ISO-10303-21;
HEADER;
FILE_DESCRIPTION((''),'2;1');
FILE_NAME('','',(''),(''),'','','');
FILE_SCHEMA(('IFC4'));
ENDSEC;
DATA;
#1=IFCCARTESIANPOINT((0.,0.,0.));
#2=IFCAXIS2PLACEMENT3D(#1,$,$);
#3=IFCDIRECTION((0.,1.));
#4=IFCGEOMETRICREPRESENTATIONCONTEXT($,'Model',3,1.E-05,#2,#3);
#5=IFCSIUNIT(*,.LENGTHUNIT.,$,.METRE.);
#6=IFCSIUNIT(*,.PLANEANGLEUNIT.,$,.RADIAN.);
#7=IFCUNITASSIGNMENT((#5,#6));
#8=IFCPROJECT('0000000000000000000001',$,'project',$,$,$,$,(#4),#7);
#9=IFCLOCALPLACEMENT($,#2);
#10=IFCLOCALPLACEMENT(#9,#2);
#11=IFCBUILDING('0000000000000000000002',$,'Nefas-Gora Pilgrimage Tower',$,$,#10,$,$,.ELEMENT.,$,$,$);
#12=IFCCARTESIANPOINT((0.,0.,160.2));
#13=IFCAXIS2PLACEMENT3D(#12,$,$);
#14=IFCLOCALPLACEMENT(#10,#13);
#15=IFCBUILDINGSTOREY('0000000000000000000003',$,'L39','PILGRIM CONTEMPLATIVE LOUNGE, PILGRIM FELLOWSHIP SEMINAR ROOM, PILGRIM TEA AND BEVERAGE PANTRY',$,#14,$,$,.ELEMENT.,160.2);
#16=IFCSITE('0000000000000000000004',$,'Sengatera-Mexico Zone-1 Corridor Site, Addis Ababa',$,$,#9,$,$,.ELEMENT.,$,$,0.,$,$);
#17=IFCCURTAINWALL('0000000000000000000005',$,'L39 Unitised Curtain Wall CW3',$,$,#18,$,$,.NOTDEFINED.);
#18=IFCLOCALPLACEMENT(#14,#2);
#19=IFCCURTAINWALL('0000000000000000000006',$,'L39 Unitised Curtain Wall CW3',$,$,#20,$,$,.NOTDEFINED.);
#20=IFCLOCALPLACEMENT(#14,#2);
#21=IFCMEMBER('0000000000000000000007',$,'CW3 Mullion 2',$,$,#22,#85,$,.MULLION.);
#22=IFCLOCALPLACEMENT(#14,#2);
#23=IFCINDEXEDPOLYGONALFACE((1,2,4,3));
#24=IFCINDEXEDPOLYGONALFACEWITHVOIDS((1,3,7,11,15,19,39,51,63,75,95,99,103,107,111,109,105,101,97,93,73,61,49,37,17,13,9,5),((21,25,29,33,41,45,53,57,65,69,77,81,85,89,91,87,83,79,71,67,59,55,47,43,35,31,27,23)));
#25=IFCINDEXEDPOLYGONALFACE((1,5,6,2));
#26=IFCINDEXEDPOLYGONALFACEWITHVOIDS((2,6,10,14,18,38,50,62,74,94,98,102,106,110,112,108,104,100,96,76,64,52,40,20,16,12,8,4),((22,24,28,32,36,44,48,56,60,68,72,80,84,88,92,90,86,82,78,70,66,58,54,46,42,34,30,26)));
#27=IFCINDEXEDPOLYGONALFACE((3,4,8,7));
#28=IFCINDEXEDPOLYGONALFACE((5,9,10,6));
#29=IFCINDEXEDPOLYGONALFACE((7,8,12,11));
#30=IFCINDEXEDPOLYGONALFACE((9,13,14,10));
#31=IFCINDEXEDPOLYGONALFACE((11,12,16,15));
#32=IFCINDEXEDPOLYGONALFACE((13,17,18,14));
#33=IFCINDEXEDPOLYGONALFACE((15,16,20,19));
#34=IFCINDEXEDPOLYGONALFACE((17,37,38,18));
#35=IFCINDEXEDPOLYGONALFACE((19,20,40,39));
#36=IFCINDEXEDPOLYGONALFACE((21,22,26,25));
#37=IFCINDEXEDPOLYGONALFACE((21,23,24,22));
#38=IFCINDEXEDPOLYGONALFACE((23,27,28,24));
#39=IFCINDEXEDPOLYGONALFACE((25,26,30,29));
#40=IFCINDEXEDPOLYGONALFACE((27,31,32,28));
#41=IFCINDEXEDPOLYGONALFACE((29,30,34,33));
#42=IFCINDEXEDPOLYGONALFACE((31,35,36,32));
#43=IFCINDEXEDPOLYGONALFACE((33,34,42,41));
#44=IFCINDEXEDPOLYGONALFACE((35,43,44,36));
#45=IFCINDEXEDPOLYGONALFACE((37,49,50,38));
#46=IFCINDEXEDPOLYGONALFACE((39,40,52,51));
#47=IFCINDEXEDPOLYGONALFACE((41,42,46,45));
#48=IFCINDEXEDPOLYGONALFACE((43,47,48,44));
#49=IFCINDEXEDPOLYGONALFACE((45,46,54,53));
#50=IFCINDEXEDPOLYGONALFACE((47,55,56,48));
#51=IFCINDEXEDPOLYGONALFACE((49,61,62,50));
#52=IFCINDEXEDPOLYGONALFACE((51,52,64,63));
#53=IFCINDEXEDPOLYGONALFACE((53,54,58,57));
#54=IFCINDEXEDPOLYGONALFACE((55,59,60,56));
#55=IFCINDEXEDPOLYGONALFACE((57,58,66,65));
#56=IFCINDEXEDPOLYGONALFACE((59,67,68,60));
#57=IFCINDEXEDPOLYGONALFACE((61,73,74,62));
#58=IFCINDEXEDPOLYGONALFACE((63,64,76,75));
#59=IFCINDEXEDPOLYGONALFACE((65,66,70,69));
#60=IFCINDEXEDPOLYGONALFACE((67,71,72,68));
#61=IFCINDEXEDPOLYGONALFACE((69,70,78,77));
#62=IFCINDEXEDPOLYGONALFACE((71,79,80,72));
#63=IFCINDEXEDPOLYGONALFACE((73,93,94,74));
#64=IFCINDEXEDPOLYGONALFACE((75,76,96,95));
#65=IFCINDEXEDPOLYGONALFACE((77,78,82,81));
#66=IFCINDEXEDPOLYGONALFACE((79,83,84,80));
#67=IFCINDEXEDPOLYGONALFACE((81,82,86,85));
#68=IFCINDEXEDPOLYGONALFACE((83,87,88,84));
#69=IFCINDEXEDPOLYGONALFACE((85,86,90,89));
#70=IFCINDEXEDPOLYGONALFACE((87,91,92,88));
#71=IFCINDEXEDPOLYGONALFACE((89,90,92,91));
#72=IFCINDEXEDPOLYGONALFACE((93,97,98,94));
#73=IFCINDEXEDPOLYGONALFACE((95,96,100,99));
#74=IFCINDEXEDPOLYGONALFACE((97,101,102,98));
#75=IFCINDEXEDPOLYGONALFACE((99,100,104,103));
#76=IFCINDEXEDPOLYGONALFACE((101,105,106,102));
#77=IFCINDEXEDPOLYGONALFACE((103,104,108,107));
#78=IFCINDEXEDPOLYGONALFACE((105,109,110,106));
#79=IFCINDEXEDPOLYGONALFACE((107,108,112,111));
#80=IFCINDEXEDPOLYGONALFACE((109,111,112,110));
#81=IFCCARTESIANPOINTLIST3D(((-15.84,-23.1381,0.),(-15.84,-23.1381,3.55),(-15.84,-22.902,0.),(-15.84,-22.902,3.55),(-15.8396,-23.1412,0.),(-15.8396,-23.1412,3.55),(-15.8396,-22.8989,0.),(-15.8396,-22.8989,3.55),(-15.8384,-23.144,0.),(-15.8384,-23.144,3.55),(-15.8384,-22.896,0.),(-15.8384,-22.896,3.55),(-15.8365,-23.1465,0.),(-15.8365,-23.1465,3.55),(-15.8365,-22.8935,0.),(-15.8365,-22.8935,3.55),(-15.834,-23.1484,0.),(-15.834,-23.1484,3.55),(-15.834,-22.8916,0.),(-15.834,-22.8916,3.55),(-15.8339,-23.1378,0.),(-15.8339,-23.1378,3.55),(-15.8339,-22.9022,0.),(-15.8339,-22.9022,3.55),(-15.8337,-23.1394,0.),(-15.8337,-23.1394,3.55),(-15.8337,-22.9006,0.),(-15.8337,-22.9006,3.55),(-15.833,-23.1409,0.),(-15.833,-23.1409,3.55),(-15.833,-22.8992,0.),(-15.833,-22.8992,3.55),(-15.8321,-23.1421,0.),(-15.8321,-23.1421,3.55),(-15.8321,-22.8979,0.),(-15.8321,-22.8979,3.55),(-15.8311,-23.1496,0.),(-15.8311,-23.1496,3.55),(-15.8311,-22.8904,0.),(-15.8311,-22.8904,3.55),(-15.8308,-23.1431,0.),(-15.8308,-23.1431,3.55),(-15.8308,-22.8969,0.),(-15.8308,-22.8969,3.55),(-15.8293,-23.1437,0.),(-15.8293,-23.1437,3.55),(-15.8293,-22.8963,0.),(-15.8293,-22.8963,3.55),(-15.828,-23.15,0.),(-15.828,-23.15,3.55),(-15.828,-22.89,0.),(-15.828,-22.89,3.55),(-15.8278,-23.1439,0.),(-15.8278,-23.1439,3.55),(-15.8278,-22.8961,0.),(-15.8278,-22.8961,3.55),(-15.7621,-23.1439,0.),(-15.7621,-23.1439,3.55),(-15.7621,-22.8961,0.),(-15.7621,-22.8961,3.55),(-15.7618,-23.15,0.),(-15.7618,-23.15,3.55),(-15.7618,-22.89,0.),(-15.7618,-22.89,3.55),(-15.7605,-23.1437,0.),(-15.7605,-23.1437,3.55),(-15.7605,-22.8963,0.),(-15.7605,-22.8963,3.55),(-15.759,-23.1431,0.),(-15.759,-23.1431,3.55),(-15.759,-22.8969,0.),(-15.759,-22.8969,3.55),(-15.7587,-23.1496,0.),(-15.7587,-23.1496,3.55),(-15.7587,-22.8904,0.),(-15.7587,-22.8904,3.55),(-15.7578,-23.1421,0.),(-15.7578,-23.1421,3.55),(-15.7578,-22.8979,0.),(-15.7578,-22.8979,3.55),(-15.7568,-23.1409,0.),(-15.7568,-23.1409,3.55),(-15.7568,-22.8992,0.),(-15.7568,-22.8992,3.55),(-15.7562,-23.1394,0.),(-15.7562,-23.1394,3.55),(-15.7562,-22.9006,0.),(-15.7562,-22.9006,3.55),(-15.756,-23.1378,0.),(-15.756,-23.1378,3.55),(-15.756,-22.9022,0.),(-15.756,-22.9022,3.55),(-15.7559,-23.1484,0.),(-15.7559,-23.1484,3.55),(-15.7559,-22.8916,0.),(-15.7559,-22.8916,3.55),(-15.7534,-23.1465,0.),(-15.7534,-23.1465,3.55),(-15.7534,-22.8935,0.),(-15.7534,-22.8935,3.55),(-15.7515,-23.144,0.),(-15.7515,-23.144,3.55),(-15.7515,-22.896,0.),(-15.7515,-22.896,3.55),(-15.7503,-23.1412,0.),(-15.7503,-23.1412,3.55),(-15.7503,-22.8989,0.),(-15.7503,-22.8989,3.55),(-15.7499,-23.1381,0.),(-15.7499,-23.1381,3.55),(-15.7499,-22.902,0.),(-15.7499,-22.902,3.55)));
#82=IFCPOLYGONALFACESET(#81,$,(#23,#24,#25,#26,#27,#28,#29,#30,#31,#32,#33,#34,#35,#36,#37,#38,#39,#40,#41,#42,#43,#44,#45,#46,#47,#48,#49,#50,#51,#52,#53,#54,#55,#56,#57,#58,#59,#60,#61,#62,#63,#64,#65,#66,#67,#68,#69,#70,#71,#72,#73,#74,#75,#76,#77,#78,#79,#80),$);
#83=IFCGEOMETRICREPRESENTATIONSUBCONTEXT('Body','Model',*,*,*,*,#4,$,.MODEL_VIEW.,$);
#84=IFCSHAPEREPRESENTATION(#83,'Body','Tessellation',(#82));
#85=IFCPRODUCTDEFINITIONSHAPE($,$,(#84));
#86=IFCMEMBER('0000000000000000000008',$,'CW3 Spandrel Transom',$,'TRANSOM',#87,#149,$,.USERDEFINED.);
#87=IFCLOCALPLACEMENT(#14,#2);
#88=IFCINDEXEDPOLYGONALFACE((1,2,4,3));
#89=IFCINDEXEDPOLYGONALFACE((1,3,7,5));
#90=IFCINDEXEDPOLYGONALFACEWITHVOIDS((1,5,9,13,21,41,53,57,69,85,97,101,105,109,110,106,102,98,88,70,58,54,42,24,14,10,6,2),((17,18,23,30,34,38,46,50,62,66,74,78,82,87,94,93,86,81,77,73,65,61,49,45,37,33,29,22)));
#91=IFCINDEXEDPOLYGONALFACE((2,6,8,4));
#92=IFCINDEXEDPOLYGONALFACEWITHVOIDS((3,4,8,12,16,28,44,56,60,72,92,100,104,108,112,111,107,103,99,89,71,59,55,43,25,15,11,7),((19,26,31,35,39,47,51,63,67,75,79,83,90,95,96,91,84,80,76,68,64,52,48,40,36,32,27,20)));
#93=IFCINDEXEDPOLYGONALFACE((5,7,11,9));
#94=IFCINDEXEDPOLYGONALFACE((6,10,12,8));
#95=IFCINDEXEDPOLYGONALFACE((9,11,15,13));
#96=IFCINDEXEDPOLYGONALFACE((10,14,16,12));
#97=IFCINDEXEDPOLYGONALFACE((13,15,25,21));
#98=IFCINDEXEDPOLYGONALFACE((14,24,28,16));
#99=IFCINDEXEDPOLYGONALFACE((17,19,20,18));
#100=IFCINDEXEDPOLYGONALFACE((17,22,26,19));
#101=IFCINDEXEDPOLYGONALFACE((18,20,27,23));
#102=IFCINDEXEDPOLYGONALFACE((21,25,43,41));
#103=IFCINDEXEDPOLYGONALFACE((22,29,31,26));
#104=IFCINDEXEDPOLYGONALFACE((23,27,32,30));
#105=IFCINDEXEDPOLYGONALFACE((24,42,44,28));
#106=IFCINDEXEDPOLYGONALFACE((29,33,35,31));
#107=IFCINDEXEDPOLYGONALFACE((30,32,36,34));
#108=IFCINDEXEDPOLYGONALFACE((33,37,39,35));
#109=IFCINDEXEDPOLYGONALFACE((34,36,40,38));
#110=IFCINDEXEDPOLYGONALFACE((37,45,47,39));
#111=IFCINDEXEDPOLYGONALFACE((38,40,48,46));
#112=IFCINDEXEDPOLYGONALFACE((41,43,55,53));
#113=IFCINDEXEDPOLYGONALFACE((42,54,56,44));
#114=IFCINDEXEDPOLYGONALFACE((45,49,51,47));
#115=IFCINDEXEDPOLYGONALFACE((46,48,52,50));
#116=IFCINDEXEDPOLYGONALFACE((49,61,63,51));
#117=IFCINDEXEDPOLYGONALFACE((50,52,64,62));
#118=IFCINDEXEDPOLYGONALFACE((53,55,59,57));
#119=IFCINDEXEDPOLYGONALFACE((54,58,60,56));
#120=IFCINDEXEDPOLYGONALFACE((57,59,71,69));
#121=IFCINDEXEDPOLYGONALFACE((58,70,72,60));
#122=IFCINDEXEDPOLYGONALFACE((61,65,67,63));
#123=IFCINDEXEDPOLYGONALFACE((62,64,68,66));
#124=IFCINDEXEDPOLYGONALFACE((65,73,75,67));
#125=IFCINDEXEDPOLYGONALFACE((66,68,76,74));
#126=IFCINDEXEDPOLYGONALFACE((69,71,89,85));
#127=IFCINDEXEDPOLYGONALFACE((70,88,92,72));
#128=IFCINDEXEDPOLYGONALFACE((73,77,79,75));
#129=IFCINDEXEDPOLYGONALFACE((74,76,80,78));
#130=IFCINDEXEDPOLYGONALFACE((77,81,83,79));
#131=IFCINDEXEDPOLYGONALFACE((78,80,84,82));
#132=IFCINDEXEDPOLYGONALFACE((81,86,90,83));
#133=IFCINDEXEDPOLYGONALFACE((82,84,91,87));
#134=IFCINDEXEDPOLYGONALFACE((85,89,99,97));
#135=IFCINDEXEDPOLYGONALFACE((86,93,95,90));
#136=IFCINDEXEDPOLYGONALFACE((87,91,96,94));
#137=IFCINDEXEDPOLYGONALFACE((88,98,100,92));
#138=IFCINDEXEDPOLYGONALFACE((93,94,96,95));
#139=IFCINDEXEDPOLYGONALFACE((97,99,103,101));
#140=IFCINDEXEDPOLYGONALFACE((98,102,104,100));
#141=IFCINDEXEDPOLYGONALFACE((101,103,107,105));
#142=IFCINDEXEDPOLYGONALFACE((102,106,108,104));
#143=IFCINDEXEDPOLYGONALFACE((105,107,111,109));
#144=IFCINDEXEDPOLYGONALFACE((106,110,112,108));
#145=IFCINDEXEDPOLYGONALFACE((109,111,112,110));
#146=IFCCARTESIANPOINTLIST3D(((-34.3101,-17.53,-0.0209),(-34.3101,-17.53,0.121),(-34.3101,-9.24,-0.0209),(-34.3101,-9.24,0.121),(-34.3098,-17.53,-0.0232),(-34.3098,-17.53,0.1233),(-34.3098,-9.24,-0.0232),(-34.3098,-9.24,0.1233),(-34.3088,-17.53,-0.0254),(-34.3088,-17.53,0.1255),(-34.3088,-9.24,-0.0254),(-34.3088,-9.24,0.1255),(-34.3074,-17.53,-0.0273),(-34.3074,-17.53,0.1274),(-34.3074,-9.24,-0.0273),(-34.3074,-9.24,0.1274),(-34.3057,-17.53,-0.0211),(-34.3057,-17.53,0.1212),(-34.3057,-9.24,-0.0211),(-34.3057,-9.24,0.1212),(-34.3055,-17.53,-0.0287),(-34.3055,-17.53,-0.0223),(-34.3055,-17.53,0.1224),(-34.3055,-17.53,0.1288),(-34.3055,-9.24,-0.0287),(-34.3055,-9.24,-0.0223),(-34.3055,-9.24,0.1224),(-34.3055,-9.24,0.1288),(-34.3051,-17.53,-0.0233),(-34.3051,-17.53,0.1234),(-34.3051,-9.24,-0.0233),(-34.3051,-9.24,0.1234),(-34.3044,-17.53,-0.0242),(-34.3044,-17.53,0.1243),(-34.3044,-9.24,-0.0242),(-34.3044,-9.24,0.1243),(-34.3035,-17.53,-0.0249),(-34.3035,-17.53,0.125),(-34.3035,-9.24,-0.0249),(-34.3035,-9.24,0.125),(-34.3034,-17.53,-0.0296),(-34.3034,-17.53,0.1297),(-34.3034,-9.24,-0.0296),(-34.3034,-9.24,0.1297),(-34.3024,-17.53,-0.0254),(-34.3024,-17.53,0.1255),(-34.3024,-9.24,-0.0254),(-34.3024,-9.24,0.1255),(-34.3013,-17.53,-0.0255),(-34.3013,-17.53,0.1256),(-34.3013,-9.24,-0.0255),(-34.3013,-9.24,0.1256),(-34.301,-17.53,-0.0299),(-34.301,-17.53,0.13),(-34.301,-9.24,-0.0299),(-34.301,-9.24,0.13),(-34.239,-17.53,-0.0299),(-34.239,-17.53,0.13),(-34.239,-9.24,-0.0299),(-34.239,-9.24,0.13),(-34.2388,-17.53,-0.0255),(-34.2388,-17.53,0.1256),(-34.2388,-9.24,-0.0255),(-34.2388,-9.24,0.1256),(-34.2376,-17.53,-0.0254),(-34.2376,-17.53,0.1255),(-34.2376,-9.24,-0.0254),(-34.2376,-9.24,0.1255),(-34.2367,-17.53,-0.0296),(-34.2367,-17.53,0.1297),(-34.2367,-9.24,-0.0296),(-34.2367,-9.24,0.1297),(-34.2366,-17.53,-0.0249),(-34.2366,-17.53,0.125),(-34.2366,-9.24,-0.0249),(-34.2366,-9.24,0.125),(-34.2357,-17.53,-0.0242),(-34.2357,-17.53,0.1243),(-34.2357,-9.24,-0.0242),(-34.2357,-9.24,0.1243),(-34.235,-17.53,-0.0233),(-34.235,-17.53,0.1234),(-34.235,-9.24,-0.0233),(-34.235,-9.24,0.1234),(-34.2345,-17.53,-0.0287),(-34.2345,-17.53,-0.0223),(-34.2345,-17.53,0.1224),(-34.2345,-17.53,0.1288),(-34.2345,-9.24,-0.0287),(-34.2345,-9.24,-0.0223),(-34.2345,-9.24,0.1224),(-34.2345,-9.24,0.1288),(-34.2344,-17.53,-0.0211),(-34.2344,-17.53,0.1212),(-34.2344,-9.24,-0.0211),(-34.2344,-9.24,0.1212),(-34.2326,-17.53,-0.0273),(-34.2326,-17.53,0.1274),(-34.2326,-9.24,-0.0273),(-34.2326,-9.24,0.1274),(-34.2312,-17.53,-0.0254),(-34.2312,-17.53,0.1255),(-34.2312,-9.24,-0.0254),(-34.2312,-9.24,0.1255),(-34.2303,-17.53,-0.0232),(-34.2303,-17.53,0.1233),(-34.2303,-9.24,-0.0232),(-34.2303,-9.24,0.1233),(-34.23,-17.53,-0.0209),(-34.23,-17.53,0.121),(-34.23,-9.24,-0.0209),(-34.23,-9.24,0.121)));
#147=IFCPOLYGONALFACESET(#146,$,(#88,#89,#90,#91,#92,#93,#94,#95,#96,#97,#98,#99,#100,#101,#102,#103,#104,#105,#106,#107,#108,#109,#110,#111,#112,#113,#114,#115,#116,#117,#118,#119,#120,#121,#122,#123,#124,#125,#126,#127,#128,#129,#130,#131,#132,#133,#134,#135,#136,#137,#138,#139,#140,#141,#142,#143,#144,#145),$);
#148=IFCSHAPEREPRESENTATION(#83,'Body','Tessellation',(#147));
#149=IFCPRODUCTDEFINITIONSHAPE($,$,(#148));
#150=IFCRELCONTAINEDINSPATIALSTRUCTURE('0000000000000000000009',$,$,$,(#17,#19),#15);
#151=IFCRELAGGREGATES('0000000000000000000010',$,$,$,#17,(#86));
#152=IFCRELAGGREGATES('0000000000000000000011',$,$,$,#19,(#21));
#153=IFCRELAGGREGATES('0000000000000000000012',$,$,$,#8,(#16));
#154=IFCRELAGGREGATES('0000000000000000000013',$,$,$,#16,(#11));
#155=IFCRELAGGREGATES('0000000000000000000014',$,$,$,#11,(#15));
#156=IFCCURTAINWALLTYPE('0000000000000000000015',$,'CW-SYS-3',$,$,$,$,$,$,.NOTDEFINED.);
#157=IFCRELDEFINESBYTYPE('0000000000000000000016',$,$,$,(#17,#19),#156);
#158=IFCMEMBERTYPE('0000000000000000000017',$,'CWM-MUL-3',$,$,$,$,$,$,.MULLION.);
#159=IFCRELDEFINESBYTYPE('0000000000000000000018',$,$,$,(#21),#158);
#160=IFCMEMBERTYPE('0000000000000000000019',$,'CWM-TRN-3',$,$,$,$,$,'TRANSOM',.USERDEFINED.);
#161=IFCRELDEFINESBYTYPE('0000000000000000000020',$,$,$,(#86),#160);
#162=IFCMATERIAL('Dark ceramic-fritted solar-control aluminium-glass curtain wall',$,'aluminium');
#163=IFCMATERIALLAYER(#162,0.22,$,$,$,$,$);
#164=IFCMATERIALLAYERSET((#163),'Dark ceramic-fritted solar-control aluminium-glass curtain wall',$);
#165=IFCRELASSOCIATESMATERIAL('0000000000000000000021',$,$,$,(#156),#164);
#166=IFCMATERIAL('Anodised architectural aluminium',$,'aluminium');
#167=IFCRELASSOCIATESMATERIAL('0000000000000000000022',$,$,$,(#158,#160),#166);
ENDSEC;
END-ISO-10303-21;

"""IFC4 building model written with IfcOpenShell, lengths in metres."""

from ifc_helpers import new_model, si_unit, direction, frame, origin, origin_2d, place, context, subcontext, project, spatial, hollow_rectangle, extrude, source, transform, mapped, material, layer, layer_set, material_profile, profile_set, type_object, element, aggregate, save


model = new_model("IFC4")

# Units and contexts
model_context = context("Model", 3, precision=1e-05, world=origin(), true_north=direction((0.0, 1.0)))
body_context = subcontext(model_context, "Body", "Model", "MODEL_VIEW")
ifc_project = project(units=[si_unit("LENGTHUNIT", "METRE"), si_unit("PLANEANGLEUNIT", "RADIAN")], contexts=[model_context])

# Site, building, storey
site_placement = place(None, origin())
site = spatial("IfcSite", under=ifc_project, at=site_placement, Name="Sengatera-Mexico Zone-1 Corridor Site, Addis Ababa", CompositionType="ELEMENT", RefElevation=0.0)
building_placement = place(site_placement, origin())
building = spatial("IfcBuilding", under=site, at=building_placement, Name="Nefas-Gora Pilgrimage Tower", CompositionType="ELEMENT")
storey_placement = place(building_placement, frame((0.0, 0.0, 160.2)))
storey = spatial("IfcBuildingStorey", under=building, at=storey_placement, Name="L39", Description="PILGRIM CONTEMPLATIVE LOUNGE, PILGRIM FELLOWSHIP SEMINAR ROOM, PILGRIM TEA AND BEVERAGE PANTRY", CompositionType="ELEMENT", Elevation=160.2)

# Shared definitions
ifc_material_1 = material(Name="Dark ceramic-fritted solar-control aluminium-glass curtain wall", Category="aluminium")
ifc_material_2 = material(Name="Anodised architectural aluminium", Category="aluminium")

# Curtain wall
ifc_layer_1 = layer(ifc_material_1, 0.22)
ifc_layer_set_1 = layer_set([ifc_layer_1], Name="Dark ceramic-fritted solar-control aluminium-glass curtain wall")
curtain_wall_type_1 = type_object("IfcCurtainWallType", Name="CW-SYS-3", PredefinedType="NOTDEFINED", material=ifc_layer_set_1)
curtain_wall_1_placement = place(storey_placement, origin())
curtain_wall_1 = element("IfcCurtainWall", 1, at=curtain_wall_1_placement, inside=storey, type_object=curtain_wall_type_1, Name="L39 Unitised Curtain Wall CW3", PredefinedType="NOTDEFINED")
ifc_material_profile_1 = material_profile(ifc_material_2, hollow_rectangle(XDim=0.0901, YDim=0.26, WallThickness=0.0061, InnerFilletRadius=0.0061, OuterFilletRadius=0.012, at=origin_2d()), Name="ALU MULLION 90x260")
ifc_profile_set_1 = profile_set([ifc_material_profile_1], Name="Anodised architectural aluminium")
member_type_1 = type_object("IfcMemberType", Name="CWM-MUL-3", PredefinedType="MULLION", material=ifc_profile_set_1)
shared_shape_1 = source(origin(), body_context, "Body", "SweptSolid", [
    extrude(hollow_rectangle(XDim=0.0901, YDim=0.26, WallThickness=0.0061, InnerFilletRadius=0.0061, OuterFilletRadius=0.012, at=origin_2d()), origin(), (0.0, 0.0, 1.0), 3.55),
])

# Curtain wall, member
curtain_wall_2_placement = place(storey_placement, origin())
curtain_wall_2 = element("IfcCurtainWall", 2, at=curtain_wall_2_placement, inside=storey, type_object=curtain_wall_type_1, Name="L39 Unitised Curtain Wall CW3", PredefinedType="NOTDEFINED")
member_1_placement = place(storey_placement, frame((-15.7949, -23.02, 0.0), z_axis=(0.0, 0.0, 1.0), x_axis=(1.0, 0.0, 0.0)))
member_1 = element("IfcMember", 3, at=member_1_placement, type_object=member_type_1, Name="CW3 Mullion 2", PredefinedType="MULLION", context=body_context, shape_type="MappedRepresentation", body=[
    mapped(shared_shape_1, transform((0.0, 0.0, 0.0), x_axis=(1.0, 0.0, 0.0), y_axis=(0.0, 1.0, 0.0), z_axis=(0.0, 0.0, 1.0), scale=1.0)),
])

# Member
ifc_material_profile_2 = material_profile(ifc_material_2, hollow_rectangle(XDim=0.0801, YDim=0.1599, WallThickness=0.0044, InnerFilletRadius=0.0044, OuterFilletRadius=0.009, at=origin_2d()), Name="ALU TRANSOM 80x160")
ifc_profile_set_2 = profile_set([ifc_material_profile_2], Name="Anodised architectural aluminium")
member_type_2 = type_object("IfcMemberType", Name="CWM-TRN-3", ElementType="TRANSOM", PredefinedType="USERDEFINED", material=ifc_profile_set_2)
shared_shape_2 = source(origin(), body_context, "Body", "SweptSolid", [
    extrude(hollow_rectangle(XDim=0.0801, YDim=0.1599, WallThickness=0.0044, InnerFilletRadius=0.0044, OuterFilletRadius=0.009, at=origin_2d()), origin(), (0.0, 0.0, 1.0), 8.29),
])
member_2_placement = place(storey_placement, frame((-34.27, -9.24, 0.05), z_axis=(0.0, -1.0, 0.0), x_axis=(1.0, 0.0, 0.0)))
member_2 = element("IfcMember", 4, at=member_2_placement, type_object=member_type_2, Name="CW3 Spandrel Transom", ObjectType="TRANSOM", PredefinedType="USERDEFINED", context=body_context, shape_type="MappedRepresentation", body=[
    mapped(shared_shape_2, transform((0.0, 0.0, 0.0), x_axis=(1.0, 0.0, 0.0), y_axis=(0.0, 1.0, 0.0), z_axis=(0.0, 0.0, 1.0), scale=1.0)),
])

aggregate(curtain_wall_1, [member_2])
aggregate(curtain_wall_2, [member_1])

save(model, "model.ifc")
